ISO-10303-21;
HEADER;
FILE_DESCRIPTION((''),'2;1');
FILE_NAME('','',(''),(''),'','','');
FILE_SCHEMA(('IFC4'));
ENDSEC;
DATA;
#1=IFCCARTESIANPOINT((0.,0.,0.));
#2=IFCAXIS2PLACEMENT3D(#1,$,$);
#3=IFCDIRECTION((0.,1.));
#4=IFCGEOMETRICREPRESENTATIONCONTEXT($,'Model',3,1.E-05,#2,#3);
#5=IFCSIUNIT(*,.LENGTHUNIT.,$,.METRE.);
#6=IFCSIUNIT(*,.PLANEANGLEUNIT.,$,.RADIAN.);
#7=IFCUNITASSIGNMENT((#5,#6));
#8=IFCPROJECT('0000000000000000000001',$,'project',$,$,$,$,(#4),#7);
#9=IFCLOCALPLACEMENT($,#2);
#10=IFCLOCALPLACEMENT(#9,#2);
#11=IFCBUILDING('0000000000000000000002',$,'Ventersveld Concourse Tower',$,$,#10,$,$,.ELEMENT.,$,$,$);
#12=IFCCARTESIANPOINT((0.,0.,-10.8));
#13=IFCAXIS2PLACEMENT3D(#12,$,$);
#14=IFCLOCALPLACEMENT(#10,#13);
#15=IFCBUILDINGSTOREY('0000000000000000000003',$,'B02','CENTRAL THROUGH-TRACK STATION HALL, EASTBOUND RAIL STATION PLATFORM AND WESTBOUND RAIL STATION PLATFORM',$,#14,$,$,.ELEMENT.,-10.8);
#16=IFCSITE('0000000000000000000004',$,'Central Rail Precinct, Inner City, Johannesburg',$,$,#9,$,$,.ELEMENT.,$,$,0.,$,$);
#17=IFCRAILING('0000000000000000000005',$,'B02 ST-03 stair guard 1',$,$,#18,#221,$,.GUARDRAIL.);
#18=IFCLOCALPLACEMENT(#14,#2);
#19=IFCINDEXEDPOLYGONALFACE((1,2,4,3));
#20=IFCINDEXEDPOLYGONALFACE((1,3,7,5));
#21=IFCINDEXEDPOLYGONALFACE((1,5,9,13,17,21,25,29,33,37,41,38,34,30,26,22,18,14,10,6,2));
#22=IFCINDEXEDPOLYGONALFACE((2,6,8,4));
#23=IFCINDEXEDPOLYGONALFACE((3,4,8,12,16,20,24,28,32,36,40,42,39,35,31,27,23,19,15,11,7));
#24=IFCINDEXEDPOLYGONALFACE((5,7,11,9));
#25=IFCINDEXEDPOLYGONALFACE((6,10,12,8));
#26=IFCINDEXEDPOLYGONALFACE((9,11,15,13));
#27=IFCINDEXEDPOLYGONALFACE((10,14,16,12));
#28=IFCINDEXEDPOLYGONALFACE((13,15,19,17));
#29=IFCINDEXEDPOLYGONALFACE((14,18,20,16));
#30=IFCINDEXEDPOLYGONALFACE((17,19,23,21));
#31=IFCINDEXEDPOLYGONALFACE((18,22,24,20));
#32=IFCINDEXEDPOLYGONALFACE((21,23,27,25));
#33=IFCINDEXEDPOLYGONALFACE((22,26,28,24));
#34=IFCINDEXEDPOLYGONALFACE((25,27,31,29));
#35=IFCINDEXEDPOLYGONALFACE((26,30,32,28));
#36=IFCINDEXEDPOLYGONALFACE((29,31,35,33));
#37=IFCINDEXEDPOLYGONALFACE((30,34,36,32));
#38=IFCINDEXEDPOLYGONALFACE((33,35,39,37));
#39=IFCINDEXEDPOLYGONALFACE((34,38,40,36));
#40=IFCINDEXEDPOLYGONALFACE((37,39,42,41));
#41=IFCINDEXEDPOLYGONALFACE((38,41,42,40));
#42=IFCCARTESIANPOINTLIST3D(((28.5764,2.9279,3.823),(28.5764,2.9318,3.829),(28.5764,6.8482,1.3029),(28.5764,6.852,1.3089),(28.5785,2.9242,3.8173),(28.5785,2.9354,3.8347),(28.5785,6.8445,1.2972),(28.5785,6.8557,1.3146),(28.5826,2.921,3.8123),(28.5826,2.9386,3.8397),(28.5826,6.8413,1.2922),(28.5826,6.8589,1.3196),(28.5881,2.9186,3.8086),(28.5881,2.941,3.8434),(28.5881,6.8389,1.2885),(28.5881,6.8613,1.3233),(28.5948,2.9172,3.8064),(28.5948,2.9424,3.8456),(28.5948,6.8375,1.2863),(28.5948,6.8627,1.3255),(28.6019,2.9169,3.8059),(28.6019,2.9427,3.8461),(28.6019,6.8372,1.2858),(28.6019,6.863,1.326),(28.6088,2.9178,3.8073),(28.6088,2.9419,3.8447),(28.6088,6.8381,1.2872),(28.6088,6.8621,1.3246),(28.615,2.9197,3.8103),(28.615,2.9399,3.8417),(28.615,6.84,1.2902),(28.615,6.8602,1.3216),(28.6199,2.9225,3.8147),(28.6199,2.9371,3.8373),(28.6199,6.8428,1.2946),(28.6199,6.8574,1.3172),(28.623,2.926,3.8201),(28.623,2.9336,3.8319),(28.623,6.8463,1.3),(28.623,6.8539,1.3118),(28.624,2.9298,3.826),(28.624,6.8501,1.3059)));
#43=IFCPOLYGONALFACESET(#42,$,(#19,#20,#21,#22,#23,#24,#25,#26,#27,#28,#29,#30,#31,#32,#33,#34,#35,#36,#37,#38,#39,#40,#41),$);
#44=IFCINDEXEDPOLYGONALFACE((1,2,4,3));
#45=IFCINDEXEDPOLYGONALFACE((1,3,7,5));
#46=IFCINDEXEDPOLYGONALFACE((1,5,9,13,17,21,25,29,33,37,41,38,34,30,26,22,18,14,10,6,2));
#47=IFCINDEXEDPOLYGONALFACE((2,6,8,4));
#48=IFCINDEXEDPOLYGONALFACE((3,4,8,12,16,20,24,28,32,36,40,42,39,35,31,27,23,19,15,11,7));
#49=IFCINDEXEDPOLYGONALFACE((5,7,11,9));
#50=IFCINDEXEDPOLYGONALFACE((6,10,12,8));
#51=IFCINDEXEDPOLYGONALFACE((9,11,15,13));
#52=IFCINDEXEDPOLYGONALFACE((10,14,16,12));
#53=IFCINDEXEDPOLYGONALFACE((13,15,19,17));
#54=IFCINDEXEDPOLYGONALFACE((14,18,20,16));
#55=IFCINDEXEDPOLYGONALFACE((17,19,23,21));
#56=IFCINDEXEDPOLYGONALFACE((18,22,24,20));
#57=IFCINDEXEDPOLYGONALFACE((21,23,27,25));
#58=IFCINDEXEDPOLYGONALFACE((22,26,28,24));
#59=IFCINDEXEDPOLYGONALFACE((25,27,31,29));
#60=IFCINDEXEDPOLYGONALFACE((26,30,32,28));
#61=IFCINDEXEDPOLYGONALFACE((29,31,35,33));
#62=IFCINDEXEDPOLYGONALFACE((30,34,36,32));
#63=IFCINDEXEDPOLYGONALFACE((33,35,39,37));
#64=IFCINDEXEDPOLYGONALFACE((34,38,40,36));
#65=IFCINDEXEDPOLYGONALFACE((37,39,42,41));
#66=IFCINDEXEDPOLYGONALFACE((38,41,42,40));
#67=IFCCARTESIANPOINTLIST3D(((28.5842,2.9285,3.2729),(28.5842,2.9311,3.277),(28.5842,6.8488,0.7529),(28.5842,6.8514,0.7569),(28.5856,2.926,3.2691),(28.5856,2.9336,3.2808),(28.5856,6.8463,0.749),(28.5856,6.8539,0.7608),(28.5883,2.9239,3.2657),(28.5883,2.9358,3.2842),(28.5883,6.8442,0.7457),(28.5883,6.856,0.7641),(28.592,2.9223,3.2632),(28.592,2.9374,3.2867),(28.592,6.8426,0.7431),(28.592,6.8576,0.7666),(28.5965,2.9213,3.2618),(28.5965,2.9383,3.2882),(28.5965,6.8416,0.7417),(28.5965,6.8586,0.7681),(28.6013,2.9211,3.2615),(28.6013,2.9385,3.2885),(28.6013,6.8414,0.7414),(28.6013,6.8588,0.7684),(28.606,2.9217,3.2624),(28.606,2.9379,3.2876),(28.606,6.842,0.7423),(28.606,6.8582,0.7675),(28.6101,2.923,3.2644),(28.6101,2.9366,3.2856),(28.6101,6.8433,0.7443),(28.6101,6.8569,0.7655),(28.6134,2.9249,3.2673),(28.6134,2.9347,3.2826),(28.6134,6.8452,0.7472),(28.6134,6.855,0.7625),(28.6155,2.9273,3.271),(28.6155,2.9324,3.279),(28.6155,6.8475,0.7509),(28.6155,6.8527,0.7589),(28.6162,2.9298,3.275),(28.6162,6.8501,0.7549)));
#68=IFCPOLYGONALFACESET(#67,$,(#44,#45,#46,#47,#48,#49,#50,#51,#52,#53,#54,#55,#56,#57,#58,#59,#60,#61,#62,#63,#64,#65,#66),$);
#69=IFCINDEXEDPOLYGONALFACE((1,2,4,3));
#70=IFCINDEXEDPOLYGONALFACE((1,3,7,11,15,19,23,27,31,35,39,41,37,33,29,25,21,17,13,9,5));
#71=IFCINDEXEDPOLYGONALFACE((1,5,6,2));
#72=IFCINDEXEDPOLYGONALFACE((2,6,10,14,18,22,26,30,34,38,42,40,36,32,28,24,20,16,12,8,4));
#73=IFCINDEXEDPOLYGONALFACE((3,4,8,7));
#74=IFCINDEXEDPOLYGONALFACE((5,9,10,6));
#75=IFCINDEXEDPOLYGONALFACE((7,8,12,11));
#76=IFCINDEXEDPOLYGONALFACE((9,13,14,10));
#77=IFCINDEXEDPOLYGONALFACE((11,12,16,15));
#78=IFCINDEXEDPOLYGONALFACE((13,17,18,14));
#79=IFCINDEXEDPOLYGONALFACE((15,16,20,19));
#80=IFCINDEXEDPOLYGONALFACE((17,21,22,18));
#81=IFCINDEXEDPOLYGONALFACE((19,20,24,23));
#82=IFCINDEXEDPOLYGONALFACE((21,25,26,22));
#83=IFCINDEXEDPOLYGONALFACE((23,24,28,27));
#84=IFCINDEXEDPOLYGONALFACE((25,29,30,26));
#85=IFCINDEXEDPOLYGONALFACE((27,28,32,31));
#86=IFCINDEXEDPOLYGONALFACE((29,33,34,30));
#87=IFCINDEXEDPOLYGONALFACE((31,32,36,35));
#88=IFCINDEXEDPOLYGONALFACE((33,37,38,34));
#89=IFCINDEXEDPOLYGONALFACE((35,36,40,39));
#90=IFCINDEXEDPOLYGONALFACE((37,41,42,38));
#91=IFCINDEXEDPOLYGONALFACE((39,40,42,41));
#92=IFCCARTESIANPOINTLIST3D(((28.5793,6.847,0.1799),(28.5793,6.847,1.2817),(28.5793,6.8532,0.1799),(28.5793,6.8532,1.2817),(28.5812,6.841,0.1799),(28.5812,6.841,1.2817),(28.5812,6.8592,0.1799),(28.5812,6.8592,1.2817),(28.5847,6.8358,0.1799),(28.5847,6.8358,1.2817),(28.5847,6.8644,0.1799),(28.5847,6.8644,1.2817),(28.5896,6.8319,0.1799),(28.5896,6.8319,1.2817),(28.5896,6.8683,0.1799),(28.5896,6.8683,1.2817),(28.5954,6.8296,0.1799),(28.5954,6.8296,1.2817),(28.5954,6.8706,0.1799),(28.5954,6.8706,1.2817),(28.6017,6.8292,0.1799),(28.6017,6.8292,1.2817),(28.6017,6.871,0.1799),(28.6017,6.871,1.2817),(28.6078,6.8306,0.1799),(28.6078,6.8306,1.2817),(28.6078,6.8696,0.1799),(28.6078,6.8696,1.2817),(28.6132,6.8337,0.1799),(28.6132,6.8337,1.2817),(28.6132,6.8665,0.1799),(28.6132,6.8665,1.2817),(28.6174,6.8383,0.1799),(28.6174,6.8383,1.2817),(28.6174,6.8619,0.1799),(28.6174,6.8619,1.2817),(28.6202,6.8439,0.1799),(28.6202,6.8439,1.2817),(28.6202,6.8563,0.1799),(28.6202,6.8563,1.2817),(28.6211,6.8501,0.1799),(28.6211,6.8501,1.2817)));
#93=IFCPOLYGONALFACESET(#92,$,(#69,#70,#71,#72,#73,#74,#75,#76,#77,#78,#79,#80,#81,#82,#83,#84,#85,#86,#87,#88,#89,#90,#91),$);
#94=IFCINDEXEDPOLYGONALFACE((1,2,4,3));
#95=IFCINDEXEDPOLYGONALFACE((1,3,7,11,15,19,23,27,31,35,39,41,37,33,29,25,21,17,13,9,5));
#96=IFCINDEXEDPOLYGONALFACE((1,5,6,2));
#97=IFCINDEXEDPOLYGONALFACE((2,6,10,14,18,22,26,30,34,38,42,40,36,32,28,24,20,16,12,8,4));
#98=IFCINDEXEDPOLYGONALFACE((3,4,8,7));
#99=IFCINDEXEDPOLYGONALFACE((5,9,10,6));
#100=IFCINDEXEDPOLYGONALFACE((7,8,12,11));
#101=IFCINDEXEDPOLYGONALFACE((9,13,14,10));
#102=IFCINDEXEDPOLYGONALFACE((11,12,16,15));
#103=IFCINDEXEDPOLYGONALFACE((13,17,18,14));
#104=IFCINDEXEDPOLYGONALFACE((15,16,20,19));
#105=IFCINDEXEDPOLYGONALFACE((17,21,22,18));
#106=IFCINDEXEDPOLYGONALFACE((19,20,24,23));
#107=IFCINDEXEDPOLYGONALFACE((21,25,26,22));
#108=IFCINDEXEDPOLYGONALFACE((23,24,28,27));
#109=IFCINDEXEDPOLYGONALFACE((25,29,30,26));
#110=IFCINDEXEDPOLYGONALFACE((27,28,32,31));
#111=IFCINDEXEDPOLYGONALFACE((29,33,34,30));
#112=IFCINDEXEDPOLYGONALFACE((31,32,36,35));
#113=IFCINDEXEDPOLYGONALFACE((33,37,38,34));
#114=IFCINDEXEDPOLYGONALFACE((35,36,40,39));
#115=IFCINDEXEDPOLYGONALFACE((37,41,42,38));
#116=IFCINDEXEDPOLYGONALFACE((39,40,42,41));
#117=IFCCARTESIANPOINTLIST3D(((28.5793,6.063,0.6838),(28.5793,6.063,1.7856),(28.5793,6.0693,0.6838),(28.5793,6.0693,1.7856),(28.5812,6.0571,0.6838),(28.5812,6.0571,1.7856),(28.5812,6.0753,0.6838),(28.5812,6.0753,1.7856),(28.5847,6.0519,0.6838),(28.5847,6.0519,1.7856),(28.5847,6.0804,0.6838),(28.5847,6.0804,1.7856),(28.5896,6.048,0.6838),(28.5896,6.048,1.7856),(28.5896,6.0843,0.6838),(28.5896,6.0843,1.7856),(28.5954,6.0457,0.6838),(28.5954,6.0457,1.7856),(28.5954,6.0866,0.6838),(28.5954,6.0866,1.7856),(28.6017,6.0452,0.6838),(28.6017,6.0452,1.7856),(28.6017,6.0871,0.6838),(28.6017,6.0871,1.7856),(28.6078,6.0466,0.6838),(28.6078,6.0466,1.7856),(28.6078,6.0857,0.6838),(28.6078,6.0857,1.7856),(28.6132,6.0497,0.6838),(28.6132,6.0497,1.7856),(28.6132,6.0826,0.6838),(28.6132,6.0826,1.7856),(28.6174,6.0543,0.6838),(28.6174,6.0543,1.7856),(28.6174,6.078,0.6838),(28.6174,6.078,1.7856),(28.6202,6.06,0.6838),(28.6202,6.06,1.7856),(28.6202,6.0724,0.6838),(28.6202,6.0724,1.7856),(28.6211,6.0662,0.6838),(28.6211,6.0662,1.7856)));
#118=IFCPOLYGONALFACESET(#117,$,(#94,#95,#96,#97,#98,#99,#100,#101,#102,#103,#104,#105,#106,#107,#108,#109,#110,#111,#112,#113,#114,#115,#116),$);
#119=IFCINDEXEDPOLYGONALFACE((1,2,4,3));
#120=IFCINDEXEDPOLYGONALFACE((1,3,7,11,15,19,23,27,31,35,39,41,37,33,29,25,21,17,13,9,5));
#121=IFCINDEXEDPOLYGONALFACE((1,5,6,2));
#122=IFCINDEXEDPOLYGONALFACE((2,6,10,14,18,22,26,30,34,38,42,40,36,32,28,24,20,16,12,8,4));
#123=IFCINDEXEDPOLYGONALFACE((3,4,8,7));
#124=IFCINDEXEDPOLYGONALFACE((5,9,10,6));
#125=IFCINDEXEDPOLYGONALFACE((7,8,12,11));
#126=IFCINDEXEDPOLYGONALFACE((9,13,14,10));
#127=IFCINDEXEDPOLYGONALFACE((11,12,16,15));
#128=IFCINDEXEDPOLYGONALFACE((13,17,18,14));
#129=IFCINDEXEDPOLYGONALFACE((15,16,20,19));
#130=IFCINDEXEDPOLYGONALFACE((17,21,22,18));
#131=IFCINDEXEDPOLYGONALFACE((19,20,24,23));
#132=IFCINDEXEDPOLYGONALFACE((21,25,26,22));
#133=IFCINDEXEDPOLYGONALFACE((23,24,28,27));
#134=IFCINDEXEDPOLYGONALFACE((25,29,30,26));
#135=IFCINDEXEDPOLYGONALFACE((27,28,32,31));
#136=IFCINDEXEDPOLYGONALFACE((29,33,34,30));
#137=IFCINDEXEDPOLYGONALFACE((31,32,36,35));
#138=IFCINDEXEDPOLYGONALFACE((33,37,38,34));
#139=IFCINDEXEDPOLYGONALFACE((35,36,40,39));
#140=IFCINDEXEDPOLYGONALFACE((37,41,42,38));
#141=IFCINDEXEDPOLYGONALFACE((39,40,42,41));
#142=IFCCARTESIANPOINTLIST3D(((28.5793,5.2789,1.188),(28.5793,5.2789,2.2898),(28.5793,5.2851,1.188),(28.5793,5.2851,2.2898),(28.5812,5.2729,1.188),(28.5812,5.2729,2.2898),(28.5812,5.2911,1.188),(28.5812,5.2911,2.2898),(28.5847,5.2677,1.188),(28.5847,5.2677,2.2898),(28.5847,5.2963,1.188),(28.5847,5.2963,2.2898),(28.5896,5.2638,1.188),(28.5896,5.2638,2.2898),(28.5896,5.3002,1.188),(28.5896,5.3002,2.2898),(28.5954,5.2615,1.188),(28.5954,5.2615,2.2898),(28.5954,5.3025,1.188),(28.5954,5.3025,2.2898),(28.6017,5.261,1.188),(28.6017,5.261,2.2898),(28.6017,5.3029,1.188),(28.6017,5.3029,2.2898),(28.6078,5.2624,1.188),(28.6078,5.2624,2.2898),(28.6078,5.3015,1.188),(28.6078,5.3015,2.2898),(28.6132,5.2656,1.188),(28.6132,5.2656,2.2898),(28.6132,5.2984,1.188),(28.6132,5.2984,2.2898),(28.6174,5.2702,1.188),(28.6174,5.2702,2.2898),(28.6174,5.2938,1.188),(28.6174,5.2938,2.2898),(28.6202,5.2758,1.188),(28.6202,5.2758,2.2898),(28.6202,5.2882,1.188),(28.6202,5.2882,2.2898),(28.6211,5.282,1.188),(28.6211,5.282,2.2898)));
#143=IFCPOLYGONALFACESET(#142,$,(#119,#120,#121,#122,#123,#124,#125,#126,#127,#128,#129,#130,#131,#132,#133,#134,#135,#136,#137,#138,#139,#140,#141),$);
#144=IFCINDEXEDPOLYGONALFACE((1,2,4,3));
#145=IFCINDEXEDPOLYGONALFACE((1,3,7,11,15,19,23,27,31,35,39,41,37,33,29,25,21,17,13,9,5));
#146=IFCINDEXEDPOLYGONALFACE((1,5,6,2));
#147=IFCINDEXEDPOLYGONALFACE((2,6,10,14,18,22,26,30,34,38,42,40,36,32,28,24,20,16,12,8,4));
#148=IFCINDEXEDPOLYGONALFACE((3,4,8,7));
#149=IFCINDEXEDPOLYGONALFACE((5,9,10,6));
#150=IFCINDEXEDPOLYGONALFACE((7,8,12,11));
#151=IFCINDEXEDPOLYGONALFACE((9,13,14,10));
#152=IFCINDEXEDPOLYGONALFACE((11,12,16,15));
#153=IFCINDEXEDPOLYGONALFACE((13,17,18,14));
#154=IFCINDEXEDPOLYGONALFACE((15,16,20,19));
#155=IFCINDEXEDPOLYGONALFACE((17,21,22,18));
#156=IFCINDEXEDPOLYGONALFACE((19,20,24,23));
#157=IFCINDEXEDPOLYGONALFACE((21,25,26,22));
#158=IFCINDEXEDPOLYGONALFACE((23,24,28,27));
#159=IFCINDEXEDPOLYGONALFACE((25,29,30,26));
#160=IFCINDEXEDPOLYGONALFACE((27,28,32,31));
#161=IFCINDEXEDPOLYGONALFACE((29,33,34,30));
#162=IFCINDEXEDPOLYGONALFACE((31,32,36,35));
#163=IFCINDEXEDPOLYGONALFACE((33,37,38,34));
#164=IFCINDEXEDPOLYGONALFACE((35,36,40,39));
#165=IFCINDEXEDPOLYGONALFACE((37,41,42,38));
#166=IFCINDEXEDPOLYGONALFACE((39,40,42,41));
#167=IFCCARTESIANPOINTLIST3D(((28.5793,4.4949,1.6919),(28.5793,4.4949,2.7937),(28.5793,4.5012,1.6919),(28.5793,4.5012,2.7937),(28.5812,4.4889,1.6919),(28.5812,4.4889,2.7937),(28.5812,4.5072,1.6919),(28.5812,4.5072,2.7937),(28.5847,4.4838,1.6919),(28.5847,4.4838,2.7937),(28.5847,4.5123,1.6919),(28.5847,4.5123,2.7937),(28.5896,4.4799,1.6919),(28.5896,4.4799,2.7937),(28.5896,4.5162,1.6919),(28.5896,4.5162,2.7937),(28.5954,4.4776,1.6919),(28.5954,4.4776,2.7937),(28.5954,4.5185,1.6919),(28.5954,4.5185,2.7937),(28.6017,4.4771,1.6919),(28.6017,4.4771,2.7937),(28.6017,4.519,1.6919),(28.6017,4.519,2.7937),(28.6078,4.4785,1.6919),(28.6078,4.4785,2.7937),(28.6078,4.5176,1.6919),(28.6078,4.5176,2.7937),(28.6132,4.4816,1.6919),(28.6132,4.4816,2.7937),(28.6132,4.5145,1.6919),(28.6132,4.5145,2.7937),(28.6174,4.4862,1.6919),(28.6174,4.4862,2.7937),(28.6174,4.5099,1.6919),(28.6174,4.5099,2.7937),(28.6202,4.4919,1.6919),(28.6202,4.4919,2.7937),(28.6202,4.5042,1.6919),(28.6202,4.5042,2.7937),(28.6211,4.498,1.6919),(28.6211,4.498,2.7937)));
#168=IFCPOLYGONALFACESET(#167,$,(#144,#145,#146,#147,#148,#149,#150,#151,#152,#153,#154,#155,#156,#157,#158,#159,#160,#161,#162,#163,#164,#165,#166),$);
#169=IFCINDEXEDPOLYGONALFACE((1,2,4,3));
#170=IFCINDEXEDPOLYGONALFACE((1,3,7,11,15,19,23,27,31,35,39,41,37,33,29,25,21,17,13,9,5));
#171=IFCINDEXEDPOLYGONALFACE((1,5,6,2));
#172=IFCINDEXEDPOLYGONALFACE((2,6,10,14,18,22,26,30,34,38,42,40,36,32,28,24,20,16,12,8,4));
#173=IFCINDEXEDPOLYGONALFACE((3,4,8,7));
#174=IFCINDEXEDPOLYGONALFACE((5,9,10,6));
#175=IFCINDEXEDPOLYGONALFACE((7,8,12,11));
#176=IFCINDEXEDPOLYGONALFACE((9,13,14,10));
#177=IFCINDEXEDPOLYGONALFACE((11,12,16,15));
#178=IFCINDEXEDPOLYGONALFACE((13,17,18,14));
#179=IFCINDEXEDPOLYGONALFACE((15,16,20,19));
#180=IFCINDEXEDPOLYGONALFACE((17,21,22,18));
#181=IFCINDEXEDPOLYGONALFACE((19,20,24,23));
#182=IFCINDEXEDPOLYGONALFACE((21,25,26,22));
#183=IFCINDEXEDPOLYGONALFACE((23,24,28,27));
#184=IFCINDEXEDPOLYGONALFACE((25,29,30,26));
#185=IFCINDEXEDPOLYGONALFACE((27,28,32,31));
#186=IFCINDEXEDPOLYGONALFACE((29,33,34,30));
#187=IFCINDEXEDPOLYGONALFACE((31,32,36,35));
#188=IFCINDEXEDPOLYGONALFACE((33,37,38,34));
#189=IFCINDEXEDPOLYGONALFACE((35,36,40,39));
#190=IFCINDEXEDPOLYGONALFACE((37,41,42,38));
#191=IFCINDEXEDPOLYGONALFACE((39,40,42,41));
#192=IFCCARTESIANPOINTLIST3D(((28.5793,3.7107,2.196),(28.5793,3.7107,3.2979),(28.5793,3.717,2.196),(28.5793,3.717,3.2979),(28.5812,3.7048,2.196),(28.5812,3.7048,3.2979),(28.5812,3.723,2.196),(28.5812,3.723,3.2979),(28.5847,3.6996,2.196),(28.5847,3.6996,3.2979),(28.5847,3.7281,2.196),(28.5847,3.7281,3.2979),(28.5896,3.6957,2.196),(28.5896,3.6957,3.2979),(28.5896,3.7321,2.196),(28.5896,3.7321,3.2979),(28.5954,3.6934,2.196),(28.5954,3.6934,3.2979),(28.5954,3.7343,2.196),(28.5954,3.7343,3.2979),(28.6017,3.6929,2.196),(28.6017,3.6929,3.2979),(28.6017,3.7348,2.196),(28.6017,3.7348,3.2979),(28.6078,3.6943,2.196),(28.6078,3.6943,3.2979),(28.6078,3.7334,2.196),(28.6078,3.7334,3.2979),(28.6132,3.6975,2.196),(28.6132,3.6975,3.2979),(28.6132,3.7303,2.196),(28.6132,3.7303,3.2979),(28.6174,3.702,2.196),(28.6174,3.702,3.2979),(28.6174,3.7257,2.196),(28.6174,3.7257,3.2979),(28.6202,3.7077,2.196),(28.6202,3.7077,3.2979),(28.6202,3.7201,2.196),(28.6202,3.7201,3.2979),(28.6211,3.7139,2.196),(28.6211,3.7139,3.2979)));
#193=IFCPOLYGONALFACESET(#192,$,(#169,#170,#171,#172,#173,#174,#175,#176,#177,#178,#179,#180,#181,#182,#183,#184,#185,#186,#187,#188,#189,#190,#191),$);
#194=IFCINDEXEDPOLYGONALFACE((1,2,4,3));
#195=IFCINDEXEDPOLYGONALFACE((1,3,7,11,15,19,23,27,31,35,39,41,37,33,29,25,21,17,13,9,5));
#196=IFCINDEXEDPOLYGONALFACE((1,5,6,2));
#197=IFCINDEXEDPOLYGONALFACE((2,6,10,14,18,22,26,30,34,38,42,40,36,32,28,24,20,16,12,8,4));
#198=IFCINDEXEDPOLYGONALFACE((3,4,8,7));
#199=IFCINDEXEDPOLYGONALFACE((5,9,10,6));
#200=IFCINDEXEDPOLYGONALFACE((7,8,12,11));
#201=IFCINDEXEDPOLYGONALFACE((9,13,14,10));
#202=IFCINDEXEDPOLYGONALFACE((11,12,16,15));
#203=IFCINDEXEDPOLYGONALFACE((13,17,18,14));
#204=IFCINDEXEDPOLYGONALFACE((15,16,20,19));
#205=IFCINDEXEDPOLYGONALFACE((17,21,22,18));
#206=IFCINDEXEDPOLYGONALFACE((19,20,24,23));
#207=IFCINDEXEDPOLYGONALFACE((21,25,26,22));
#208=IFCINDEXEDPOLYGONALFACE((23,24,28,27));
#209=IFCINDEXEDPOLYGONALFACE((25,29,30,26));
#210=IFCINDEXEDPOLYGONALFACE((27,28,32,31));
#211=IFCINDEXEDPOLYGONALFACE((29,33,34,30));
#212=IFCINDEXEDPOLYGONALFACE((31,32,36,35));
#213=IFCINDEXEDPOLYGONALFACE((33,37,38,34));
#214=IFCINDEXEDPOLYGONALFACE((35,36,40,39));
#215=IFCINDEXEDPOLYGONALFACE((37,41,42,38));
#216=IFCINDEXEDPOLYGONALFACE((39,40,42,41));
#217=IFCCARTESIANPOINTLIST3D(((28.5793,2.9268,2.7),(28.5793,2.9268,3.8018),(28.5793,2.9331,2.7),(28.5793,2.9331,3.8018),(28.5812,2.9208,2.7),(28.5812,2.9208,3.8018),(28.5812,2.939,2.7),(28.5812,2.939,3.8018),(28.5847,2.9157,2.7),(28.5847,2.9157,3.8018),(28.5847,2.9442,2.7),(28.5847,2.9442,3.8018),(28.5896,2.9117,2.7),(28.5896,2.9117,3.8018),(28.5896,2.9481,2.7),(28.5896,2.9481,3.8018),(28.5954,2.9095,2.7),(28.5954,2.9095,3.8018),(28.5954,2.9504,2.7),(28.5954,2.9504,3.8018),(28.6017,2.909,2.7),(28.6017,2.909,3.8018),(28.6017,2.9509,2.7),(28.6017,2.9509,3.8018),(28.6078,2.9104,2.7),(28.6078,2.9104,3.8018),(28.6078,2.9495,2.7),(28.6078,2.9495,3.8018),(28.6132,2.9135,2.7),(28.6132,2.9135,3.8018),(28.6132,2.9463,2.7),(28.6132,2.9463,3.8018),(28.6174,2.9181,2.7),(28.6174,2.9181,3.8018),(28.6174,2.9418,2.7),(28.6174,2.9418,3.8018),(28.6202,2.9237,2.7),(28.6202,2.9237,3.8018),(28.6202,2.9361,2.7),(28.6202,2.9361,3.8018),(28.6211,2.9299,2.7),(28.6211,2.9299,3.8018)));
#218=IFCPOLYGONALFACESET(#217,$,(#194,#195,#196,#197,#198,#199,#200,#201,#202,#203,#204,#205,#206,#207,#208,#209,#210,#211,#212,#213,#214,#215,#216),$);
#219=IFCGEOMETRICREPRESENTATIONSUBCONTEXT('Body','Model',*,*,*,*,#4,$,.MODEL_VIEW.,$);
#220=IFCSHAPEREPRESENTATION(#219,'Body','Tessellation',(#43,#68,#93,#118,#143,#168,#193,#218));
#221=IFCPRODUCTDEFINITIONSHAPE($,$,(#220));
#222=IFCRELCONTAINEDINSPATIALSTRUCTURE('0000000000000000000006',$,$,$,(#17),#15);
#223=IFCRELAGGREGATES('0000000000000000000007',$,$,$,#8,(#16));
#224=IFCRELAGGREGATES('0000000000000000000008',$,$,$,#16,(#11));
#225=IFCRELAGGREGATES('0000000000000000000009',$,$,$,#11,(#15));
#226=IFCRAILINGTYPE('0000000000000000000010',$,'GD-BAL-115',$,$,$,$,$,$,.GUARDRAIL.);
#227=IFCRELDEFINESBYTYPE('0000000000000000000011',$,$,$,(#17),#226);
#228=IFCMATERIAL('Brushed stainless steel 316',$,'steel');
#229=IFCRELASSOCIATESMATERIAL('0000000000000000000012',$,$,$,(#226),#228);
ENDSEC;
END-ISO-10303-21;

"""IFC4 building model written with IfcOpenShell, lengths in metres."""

from ifc_helpers import new_model, si_unit, direction, frame, origin, origin_2d, place, context, subcontext, project, spatial, circle, extrude, material, type_object, element, save


model = new_model("IFC4")

# Units and contexts
model_context = context("Model", 3, precision=1e-05, world=origin(), true_north=direction((0.0, 1.0)))
body_context = subcontext(model_context, "Body", "Model", "MODEL_VIEW")
ifc_project = project(units=[si_unit("LENGTHUNIT", "METRE"), si_unit("PLANEANGLEUNIT", "RADIAN")], contexts=[model_context])

# Site, building, storey
site_placement = place(None, origin())
site = spatial("IfcSite", under=ifc_project, at=site_placement, Name="Central Rail Precinct, Inner City, Johannesburg", CompositionType="ELEMENT", RefElevation=0.0)
building_placement = place(site_placement, origin())
building = spatial("IfcBuilding", under=site, at=building_placement, Name="Ventersveld Concourse Tower", CompositionType="ELEMENT")
storey_placement = place(building_placement, frame((0.0, 0.0, -10.8)))
storey = spatial("IfcBuildingStorey", under=building, at=storey_placement, Name="B02", Description="CENTRAL THROUGH-TRACK STATION HALL, EASTBOUND RAIL STATION PLATFORM AND WESTBOUND RAIL STATION PLATFORM", CompositionType="ELEMENT", Elevation=-10.8)

# Railing
ifc_material_1 = material(Name="Brushed stainless steel 316", Category="steel")
railing_type_1 = type_object("IfcRailingType", Name="GD-BAL-115", PredefinedType="GUARDRAIL", material=ifc_material_1)
railing_1_placement = place(storey_placement, frame((28.6001, 6.8501, 0.1799)))
element("IfcRailing", 1, at=railing_1_placement, inside=storey, type_object=railing_type_1, Name="B02 ST-03 stair guard 1", PredefinedType="GUARDRAIL", context=body_context, shape_type="SweptSolid", body=[
    extrude(circle(Radius=0.0239, at=origin_2d()), frame((0.0, 0.0, 1.126), z_axis=(0.0, -0.841187, 0.540744), x_axis=(1.0, 0.0, 0.0)), (0.0, 0.0, 1.0), 4.6604),
    extrude(circle(Radius=0.0161, at=origin_2d()), frame((0.0, 0.0, 0.575), z_axis=(0.0, -0.841187, 0.540744), x_axis=(1.0, 0.0, 0.0)), (0.0, 0.0, 1.0), 4.6604),
    extrude(circle(Radius=0.021, at=origin_2d()), origin(), (0.0, 0.0, 1.0), 1.1018),
    extrude(circle(Radius=0.021, at=origin_2d()), frame((0.0, -0.7839, 0.5039)), (0.0, 0.0, 1.0), 1.1018),
    extrude(circle(Radius=0.021, at=origin_2d()), frame((0.0, -1.5681, 1.0081)), (0.0, 0.0, 1.0), 1.1018),
    extrude(circle(Radius=0.021, at=origin_2d()), frame((0.0, -2.3521, 1.512)), (0.0, 0.0, 1.0), 1.1018),
    extrude(circle(Radius=0.021, at=origin_2d()), frame((0.0, -3.1362, 2.0161)), (0.0, 0.0, 1.0), 1.1018),
    extrude(circle(Radius=0.021, at=origin_2d()), frame((0.0, -3.9202, 2.52)), (0.0, 0.0, 1.0), 1.1018),
])

save(model, "model.ifc")
